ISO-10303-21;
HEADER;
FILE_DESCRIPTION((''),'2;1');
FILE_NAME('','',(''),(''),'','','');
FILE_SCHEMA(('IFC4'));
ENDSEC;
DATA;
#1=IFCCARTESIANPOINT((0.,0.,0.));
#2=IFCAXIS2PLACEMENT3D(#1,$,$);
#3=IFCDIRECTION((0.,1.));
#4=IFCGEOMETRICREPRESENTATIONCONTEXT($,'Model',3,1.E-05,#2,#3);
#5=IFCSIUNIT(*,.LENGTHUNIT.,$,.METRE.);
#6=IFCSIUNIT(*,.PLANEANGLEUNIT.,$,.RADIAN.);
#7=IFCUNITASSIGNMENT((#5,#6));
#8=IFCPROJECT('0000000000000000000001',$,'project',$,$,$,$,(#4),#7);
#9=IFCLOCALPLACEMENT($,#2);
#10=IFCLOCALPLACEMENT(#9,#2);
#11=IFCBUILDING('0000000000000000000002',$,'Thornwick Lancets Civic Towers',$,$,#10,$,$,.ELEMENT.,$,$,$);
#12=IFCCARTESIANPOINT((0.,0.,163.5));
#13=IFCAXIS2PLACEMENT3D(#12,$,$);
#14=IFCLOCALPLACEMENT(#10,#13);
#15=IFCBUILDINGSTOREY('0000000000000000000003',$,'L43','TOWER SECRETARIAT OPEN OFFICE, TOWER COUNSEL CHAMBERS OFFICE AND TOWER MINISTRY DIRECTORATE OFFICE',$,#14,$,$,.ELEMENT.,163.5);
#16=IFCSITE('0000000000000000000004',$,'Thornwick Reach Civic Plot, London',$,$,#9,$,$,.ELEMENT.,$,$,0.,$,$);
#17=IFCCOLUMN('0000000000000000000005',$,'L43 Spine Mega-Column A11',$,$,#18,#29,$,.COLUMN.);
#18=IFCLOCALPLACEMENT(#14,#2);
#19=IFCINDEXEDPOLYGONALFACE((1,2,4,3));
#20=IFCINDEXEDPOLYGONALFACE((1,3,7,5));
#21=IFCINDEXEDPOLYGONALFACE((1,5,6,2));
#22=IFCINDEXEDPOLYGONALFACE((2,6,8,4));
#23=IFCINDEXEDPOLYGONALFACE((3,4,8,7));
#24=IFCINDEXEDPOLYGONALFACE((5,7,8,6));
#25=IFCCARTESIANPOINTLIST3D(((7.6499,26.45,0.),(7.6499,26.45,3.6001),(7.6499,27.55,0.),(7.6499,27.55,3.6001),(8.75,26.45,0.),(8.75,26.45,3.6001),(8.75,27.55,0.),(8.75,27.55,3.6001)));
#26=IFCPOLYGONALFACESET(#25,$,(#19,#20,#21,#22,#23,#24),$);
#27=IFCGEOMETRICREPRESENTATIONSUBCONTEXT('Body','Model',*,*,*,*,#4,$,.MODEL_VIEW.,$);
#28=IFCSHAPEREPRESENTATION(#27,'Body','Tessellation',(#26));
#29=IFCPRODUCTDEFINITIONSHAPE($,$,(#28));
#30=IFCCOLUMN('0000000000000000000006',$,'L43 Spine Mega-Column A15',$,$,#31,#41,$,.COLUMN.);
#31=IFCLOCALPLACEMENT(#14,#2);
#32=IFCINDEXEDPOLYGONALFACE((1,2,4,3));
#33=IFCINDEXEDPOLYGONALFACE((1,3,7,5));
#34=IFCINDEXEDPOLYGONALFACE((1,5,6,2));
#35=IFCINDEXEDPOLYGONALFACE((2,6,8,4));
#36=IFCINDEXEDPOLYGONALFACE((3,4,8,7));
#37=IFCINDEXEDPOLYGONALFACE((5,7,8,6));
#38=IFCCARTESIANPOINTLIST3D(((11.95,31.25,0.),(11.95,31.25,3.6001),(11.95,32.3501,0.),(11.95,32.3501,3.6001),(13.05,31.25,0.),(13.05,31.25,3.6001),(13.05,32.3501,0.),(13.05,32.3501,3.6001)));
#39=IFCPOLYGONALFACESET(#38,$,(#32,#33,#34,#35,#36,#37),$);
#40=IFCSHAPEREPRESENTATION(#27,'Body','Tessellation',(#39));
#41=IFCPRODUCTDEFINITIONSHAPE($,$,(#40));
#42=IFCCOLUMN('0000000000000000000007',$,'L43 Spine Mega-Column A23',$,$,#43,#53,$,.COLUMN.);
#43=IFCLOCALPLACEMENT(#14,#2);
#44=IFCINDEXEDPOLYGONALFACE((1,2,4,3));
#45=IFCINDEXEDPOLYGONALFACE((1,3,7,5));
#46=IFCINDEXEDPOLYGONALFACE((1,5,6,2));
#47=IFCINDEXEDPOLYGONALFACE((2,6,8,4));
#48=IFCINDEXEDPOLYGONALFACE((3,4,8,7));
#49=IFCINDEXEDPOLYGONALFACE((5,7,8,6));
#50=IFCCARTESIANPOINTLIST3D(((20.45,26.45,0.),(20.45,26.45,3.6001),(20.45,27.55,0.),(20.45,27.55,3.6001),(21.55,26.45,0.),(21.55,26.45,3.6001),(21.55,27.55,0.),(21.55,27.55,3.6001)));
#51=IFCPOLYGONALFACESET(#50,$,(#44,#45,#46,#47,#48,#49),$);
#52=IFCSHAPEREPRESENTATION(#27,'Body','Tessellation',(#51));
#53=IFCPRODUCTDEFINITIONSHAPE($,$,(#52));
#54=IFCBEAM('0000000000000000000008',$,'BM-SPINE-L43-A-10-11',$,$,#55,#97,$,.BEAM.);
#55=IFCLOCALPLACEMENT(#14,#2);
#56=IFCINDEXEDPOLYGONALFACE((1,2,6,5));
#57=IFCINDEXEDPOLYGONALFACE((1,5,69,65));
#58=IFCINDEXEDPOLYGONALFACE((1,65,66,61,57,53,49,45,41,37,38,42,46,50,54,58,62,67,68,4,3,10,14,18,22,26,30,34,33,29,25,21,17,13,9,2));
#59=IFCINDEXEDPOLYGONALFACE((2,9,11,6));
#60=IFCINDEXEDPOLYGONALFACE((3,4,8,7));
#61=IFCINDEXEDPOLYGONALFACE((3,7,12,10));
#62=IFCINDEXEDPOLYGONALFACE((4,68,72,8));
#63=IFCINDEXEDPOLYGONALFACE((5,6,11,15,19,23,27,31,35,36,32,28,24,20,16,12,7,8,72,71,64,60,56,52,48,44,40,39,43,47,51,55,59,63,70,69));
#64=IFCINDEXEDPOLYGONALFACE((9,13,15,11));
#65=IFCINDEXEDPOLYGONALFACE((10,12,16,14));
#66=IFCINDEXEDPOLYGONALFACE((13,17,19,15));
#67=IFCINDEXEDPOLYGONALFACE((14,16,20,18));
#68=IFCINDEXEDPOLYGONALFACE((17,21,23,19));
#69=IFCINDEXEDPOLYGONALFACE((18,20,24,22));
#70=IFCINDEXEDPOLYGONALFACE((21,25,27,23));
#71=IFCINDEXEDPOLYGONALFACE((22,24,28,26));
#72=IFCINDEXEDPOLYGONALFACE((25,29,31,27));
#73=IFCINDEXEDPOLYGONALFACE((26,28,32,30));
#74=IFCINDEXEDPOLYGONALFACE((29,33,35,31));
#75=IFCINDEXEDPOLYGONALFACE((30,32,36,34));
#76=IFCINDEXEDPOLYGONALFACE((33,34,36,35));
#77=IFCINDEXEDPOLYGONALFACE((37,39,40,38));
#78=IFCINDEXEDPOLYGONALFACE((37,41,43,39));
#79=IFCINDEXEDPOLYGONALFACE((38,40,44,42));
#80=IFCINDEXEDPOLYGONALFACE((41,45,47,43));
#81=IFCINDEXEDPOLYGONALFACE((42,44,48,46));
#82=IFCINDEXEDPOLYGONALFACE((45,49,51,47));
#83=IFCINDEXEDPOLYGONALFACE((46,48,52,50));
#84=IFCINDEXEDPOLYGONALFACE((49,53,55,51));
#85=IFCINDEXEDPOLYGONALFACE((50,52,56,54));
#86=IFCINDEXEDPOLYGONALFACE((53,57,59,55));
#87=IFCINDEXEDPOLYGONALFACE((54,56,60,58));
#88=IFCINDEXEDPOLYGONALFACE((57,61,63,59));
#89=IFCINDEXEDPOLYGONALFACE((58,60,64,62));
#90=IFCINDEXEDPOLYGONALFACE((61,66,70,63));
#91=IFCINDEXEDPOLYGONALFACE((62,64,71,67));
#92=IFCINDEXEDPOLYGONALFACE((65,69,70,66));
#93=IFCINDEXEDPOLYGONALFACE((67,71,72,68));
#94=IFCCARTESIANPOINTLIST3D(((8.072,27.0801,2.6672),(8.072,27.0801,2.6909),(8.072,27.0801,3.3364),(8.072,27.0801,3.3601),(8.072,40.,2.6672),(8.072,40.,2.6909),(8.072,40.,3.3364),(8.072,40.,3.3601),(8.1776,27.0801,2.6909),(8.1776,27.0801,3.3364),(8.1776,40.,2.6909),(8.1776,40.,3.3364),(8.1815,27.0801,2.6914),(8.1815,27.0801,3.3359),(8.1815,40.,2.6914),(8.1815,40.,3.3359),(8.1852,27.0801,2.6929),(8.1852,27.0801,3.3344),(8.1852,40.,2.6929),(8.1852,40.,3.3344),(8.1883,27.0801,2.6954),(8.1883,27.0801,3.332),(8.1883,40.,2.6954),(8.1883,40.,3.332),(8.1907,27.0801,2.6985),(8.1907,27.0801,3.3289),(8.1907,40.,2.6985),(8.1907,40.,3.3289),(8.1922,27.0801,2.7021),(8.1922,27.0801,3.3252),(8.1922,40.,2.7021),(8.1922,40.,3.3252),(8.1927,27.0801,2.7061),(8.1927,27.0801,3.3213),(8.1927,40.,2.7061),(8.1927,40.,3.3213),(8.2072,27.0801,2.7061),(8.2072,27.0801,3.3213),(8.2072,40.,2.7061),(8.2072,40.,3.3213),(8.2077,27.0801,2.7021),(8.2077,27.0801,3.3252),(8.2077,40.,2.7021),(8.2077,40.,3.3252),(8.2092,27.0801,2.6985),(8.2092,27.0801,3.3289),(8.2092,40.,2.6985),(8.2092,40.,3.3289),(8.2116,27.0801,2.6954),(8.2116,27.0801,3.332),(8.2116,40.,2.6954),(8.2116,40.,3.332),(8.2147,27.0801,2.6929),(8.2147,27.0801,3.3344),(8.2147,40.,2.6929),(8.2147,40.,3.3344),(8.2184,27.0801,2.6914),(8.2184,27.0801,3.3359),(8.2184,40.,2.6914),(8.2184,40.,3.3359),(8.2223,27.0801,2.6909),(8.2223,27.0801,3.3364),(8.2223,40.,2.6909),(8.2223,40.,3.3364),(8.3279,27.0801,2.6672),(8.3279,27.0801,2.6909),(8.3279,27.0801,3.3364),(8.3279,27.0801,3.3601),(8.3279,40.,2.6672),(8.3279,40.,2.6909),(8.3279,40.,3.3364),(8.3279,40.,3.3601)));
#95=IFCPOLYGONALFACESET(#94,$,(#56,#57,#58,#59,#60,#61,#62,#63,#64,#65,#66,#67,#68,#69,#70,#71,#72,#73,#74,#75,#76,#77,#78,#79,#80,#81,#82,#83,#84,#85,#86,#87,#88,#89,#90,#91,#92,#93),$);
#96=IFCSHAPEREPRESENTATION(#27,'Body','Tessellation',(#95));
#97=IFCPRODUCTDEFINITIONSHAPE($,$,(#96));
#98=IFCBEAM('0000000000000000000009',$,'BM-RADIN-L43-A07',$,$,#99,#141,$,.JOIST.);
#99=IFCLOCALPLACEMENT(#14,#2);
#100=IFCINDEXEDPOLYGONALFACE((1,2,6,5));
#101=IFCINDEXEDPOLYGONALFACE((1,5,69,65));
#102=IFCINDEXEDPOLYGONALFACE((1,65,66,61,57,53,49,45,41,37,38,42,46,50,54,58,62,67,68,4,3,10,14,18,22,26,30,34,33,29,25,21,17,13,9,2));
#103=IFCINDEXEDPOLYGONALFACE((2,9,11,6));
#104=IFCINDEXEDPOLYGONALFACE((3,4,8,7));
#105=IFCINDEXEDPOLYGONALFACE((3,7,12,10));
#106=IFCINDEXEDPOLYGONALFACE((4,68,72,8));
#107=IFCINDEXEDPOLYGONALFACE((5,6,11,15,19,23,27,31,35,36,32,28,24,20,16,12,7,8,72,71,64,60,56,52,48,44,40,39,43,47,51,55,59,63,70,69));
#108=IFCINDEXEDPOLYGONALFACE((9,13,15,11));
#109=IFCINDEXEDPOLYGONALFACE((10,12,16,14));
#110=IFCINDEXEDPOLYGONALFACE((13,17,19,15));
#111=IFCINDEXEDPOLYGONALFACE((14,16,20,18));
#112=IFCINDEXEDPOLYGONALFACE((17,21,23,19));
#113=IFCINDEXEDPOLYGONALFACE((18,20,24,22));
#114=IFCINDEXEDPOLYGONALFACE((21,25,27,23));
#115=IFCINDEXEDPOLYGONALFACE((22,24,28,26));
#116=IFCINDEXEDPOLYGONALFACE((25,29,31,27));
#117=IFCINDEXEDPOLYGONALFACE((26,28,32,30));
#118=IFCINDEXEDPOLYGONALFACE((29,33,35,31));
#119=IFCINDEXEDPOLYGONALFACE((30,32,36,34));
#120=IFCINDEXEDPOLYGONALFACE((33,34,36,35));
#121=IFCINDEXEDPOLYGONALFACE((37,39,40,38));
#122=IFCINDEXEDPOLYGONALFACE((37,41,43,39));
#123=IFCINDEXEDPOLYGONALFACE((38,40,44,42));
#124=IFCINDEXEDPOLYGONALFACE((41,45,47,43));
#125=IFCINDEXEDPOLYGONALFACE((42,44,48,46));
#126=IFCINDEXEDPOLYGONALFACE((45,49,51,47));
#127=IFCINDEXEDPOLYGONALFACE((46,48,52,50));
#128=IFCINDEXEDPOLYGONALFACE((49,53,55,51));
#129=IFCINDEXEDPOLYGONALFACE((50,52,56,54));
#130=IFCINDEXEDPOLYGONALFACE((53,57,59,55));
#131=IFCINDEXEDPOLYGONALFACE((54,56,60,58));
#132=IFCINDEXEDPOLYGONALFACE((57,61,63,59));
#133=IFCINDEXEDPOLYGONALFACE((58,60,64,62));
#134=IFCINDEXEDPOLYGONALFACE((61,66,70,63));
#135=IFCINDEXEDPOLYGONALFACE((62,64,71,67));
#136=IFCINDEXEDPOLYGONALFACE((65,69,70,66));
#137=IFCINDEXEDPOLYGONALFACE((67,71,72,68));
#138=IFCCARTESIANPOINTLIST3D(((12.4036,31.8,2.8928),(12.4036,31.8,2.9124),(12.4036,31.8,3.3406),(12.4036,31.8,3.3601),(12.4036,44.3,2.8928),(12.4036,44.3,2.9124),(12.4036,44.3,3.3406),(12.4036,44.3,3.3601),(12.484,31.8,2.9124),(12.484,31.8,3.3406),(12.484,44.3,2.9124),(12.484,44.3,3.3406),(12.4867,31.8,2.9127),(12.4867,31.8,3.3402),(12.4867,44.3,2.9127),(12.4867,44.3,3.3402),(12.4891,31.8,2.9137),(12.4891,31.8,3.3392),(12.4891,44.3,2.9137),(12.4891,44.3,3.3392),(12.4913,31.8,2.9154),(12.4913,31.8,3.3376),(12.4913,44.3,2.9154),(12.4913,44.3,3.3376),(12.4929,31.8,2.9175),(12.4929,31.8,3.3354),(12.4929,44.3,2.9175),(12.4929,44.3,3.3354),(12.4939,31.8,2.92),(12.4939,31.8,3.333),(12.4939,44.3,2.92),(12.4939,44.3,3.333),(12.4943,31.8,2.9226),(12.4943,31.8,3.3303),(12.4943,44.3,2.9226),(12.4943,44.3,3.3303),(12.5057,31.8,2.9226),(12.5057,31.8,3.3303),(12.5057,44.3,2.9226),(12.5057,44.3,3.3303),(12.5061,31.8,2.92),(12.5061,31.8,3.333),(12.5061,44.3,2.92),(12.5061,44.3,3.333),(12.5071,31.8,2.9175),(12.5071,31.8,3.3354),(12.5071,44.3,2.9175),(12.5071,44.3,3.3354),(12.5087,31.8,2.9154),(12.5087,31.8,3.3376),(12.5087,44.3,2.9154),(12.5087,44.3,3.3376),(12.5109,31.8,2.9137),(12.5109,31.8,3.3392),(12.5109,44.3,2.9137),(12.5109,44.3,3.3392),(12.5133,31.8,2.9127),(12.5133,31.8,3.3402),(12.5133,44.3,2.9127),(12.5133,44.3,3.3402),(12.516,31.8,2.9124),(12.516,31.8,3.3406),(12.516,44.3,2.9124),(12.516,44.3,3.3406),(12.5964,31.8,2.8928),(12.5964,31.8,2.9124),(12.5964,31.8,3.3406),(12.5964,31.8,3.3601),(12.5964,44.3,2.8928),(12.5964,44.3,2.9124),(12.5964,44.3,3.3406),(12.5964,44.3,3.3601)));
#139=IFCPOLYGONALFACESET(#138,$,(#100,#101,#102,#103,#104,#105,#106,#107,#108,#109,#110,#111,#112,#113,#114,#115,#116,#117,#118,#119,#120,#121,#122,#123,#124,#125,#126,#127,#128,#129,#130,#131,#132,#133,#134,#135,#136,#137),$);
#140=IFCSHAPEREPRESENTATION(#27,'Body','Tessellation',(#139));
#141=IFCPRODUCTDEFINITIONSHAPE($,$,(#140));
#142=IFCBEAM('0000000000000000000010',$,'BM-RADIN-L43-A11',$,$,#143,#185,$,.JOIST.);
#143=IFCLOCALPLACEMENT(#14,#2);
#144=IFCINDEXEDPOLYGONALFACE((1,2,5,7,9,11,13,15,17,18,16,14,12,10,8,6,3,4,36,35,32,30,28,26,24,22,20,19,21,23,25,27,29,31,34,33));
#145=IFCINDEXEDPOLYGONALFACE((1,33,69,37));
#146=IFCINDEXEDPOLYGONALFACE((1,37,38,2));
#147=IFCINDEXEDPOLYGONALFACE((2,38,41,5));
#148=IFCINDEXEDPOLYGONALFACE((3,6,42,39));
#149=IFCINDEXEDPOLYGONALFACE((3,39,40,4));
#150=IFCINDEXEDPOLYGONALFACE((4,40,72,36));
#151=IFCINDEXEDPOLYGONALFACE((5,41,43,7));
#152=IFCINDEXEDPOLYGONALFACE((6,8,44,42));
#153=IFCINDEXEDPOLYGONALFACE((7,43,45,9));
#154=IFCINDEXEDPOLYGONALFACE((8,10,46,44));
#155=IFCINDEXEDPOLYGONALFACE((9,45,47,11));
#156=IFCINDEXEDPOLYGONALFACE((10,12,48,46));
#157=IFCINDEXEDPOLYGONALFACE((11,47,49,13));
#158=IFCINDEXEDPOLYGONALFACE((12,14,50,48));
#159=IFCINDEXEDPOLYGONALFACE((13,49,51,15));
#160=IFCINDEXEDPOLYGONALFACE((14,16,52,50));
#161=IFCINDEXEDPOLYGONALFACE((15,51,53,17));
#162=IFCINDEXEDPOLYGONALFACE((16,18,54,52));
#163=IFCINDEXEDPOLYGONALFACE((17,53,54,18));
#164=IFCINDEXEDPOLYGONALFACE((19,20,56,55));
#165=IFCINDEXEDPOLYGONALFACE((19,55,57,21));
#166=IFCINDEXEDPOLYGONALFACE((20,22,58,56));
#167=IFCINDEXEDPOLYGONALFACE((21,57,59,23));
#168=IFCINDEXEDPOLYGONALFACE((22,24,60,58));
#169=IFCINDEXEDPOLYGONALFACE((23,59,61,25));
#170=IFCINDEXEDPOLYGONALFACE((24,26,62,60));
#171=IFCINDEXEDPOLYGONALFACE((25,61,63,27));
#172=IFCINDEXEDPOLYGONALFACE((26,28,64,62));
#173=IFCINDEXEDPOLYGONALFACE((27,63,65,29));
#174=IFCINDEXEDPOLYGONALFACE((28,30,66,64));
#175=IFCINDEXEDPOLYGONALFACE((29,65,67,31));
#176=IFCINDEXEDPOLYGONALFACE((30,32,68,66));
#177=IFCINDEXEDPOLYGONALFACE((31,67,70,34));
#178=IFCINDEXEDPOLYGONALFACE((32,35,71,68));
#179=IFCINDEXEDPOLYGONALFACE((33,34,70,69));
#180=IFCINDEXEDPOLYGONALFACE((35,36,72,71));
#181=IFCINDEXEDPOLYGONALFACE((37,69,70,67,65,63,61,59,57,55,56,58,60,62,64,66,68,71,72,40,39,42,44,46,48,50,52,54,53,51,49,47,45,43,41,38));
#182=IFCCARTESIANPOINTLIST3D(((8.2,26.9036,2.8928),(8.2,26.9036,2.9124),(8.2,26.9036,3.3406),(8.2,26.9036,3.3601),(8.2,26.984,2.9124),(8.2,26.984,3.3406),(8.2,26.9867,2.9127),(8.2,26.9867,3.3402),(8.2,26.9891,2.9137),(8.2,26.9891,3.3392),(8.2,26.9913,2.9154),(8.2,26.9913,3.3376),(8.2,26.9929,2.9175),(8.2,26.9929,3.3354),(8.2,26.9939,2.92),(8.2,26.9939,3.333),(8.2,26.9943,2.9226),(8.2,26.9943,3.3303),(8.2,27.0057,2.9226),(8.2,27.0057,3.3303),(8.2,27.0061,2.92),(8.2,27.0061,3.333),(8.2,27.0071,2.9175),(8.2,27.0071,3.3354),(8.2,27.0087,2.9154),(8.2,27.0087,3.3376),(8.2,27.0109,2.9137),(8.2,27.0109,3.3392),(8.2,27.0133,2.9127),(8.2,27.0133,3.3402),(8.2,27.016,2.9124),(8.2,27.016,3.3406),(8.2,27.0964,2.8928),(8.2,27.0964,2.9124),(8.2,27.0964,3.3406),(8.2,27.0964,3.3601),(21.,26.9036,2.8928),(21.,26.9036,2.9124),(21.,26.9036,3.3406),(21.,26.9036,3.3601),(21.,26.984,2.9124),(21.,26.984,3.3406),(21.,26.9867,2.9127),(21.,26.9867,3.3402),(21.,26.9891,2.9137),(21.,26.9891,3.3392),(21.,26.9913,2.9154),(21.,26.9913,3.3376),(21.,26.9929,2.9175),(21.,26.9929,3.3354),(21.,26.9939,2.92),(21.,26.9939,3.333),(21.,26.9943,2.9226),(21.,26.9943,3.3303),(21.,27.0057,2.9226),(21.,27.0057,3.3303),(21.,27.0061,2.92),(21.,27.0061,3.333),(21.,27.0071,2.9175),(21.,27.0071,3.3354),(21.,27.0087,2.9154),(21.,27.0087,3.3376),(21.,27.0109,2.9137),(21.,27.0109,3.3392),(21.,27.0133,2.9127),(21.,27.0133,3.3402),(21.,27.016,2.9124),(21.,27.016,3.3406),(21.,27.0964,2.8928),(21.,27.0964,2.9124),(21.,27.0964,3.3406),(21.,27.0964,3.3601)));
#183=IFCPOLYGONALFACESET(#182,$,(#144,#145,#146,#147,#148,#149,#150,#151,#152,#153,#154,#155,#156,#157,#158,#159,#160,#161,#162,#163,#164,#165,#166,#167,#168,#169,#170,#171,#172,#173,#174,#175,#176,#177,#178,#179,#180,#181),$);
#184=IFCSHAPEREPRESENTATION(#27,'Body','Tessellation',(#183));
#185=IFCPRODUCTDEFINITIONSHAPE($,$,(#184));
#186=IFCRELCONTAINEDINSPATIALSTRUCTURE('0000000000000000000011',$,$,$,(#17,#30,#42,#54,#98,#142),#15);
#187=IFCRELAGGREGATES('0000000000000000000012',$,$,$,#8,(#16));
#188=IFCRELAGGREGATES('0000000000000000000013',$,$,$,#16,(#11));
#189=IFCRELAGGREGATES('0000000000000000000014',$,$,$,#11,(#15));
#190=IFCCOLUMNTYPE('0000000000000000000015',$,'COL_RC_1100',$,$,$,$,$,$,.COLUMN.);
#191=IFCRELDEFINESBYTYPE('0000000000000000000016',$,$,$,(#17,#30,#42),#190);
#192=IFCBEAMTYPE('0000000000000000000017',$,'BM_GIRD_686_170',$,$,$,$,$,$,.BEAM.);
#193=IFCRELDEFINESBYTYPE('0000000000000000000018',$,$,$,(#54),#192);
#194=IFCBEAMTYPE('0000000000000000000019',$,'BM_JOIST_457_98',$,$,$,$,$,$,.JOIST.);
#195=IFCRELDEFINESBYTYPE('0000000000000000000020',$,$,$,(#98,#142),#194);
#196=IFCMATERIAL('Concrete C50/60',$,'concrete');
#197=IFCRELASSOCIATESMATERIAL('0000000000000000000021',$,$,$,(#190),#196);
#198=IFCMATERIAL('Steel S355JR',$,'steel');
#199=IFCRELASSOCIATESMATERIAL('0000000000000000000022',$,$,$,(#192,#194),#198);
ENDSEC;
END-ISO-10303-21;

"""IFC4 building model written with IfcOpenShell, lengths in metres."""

from ifc_helpers import new_model, si_unit, direction, frame, origin, origin_2d, place, context, subcontext, project, spatial, rectangle, i_section, extrude, material, material_profile, profile_set, type_object, element, save


model = new_model("IFC4")

# Units and contexts
model_context = context("Model", 3, precision=1e-05, world=origin(), true_north=direction((0.0, 1.0)))
body_context = subcontext(model_context, "Body", "Model", "MODEL_VIEW")
ifc_project = project(units=[si_unit("LENGTHUNIT", "METRE"), si_unit("PLANEANGLEUNIT", "RADIAN")], contexts=[model_context])

# Site, building, storey
site_placement = place(None, origin())
site = spatial("IfcSite", under=ifc_project, at=site_placement, Name="Thornwick Reach Civic Plot, London", CompositionType="ELEMENT", RefElevation=0.0)
building_placement = place(site_placement, origin())
building = spatial("IfcBuilding", under=site, at=building_placement, Name="Thornwick Lancets Civic Towers", CompositionType="ELEMENT")
storey_placement = place(building_placement, frame((0.0, 0.0, 163.5)))
storey = spatial("IfcBuildingStorey", under=building, at=storey_placement, Name="L43", Description="TOWER SECRETARIAT OPEN OFFICE, TOWER COUNSEL CHAMBERS OFFICE AND TOWER MINISTRY DIRECTORATE OFFICE", CompositionType="ELEMENT", Elevation=163.5)

# Columns
ifc_material_1 = material(Name="Concrete C50/60", Category="concrete")
ifc_material_profile_1 = material_profile(ifc_material_1, rectangle(XDim=1.1001, YDim=1.1001, at=origin_2d()), Name="RC 1100x1100")
ifc_profile_set_1 = profile_set([ifc_material_profile_1], Name="Concrete C50/60")
column_type = type_object("IfcColumnType", Name="COL_RC_1100", PredefinedType="COLUMN", material=ifc_profile_set_1)
for number, where, z_axis, x_axis, name in (
    (1, (8.2, 27.0, 0.0), (0.0, 0.0, 1.0), (1.0, 0.0, 0.0), "L43 Spine Mega-Column A11"),
    (2, (12.5, 31.8, 0.0), (0.0, 0.0, 1.0), (1.0, 0.0, 0.0), "L43 Spine Mega-Column A15"),
    (3, (21.0, 27.0, 0.0), (0.0, 0.0, 1.0), (1.0, 0.0, 0.0), "L43 Spine Mega-Column A23"),
):
    element("IfcColumn", number, at=place(storey_placement, frame(where, z_axis=z_axis, x_axis=x_axis)), inside=storey, type_object=column_type, Name=name, PredefinedType="COLUMN", context=body_context, shape_type="SweptSolid", body=[
        extrude(rectangle(XDim=1.1001, YDim=1.1001, at=origin_2d()), origin(), (0.0, 0.0, 1.0), 3.6001),
    ])

# Beams
ifc_material_2 = material(Name="Steel S355JR", Category="steel")
ifc_material_profile_2 = material_profile(ifc_material_2, i_section(OverallWidth=0.2559, OverallDepth=0.6929, WebThickness=0.0144, FlangeThickness=0.0237, FilletRadius=0.0151, at=origin_2d()), Name="UKB 686x254x170")
ifc_profile_set_2 = profile_set([ifc_material_profile_2], Name="Steel S355JR")
beam_type_1 = type_object("IfcBeamType", Name="BM_GIRD_686_170", PredefinedType="BEAM", material=ifc_profile_set_2)
beam_1_placement = place(storey_placement, frame((8.2, 27.0801, 3.0137), z_axis=(0.0, 1.0, 0.0), x_axis=(-1.0, 0.0, 0.0)))
element("IfcBeam", 4, at=beam_1_placement, inside=storey, type_object=beam_type_1, Name="BM-SPINE-L43-A-10-11", PredefinedType="BEAM", context=body_context, shape_type="SweptSolid", body=[
    extrude(i_section(OverallWidth=0.2559, OverallDepth=0.6929, WebThickness=0.0144, FlangeThickness=0.0237, FilletRadius=0.0151, at=origin_2d()), origin(), (0.0, 0.0, 1.0), 12.9199),
])
ifc_material_profile_3 = material_profile(ifc_material_2, i_section(OverallWidth=0.1929, OverallDepth=0.4673, WebThickness=0.0115, FlangeThickness=0.0195, FilletRadius=0.0103, at=origin_2d()), Name="UKB 457x191x98")
ifc_profile_set_3 = profile_set([ifc_material_profile_3], Name="Steel S355JR")
beam_type_2 = type_object("IfcBeamType", Name="BM_JOIST_457_98", PredefinedType="JOIST", material=ifc_profile_set_3)
beam_2_placement = place(storey_placement, frame((12.5, 31.8, 3.1265), z_axis=(0.0, 1.0, 0.0), x_axis=(-1.0, 0.0, 0.0)))
element("IfcBeam", 5, at=beam_2_placement, inside=storey, type_object=beam_type_2, Name="BM-RADIN-L43-A07", PredefinedType="JOIST", context=body_context, shape_type="SweptSolid", body=[
    extrude(i_section(OverallWidth=0.1929, OverallDepth=0.4673, WebThickness=0.0115, FlangeThickness=0.0195, FilletRadius=0.0103, at=origin_2d()), origin(), (0.0, 0.0, 1.0), 12.5),
])
beam_3_placement = place(storey_placement, frame((21.0, 27.0, 3.1265), z_axis=(-1.0, 0.0, 0.0), x_axis=(0.0, -1.0, 0.0)))
element("IfcBeam", 6, at=beam_3_placement, inside=storey, type_object=beam_type_2, Name="BM-RADIN-L43-A11", PredefinedType="JOIST", context=body_context, shape_type="SweptSolid", body=[
    extrude(i_section(OverallWidth=0.1929, OverallDepth=0.4673, WebThickness=0.0115, FlangeThickness=0.0195, FilletRadius=0.0103, at=origin_2d()), origin(), (0.0, 0.0, 1.0), 12.8),
])

save(model, "model.ifc")
